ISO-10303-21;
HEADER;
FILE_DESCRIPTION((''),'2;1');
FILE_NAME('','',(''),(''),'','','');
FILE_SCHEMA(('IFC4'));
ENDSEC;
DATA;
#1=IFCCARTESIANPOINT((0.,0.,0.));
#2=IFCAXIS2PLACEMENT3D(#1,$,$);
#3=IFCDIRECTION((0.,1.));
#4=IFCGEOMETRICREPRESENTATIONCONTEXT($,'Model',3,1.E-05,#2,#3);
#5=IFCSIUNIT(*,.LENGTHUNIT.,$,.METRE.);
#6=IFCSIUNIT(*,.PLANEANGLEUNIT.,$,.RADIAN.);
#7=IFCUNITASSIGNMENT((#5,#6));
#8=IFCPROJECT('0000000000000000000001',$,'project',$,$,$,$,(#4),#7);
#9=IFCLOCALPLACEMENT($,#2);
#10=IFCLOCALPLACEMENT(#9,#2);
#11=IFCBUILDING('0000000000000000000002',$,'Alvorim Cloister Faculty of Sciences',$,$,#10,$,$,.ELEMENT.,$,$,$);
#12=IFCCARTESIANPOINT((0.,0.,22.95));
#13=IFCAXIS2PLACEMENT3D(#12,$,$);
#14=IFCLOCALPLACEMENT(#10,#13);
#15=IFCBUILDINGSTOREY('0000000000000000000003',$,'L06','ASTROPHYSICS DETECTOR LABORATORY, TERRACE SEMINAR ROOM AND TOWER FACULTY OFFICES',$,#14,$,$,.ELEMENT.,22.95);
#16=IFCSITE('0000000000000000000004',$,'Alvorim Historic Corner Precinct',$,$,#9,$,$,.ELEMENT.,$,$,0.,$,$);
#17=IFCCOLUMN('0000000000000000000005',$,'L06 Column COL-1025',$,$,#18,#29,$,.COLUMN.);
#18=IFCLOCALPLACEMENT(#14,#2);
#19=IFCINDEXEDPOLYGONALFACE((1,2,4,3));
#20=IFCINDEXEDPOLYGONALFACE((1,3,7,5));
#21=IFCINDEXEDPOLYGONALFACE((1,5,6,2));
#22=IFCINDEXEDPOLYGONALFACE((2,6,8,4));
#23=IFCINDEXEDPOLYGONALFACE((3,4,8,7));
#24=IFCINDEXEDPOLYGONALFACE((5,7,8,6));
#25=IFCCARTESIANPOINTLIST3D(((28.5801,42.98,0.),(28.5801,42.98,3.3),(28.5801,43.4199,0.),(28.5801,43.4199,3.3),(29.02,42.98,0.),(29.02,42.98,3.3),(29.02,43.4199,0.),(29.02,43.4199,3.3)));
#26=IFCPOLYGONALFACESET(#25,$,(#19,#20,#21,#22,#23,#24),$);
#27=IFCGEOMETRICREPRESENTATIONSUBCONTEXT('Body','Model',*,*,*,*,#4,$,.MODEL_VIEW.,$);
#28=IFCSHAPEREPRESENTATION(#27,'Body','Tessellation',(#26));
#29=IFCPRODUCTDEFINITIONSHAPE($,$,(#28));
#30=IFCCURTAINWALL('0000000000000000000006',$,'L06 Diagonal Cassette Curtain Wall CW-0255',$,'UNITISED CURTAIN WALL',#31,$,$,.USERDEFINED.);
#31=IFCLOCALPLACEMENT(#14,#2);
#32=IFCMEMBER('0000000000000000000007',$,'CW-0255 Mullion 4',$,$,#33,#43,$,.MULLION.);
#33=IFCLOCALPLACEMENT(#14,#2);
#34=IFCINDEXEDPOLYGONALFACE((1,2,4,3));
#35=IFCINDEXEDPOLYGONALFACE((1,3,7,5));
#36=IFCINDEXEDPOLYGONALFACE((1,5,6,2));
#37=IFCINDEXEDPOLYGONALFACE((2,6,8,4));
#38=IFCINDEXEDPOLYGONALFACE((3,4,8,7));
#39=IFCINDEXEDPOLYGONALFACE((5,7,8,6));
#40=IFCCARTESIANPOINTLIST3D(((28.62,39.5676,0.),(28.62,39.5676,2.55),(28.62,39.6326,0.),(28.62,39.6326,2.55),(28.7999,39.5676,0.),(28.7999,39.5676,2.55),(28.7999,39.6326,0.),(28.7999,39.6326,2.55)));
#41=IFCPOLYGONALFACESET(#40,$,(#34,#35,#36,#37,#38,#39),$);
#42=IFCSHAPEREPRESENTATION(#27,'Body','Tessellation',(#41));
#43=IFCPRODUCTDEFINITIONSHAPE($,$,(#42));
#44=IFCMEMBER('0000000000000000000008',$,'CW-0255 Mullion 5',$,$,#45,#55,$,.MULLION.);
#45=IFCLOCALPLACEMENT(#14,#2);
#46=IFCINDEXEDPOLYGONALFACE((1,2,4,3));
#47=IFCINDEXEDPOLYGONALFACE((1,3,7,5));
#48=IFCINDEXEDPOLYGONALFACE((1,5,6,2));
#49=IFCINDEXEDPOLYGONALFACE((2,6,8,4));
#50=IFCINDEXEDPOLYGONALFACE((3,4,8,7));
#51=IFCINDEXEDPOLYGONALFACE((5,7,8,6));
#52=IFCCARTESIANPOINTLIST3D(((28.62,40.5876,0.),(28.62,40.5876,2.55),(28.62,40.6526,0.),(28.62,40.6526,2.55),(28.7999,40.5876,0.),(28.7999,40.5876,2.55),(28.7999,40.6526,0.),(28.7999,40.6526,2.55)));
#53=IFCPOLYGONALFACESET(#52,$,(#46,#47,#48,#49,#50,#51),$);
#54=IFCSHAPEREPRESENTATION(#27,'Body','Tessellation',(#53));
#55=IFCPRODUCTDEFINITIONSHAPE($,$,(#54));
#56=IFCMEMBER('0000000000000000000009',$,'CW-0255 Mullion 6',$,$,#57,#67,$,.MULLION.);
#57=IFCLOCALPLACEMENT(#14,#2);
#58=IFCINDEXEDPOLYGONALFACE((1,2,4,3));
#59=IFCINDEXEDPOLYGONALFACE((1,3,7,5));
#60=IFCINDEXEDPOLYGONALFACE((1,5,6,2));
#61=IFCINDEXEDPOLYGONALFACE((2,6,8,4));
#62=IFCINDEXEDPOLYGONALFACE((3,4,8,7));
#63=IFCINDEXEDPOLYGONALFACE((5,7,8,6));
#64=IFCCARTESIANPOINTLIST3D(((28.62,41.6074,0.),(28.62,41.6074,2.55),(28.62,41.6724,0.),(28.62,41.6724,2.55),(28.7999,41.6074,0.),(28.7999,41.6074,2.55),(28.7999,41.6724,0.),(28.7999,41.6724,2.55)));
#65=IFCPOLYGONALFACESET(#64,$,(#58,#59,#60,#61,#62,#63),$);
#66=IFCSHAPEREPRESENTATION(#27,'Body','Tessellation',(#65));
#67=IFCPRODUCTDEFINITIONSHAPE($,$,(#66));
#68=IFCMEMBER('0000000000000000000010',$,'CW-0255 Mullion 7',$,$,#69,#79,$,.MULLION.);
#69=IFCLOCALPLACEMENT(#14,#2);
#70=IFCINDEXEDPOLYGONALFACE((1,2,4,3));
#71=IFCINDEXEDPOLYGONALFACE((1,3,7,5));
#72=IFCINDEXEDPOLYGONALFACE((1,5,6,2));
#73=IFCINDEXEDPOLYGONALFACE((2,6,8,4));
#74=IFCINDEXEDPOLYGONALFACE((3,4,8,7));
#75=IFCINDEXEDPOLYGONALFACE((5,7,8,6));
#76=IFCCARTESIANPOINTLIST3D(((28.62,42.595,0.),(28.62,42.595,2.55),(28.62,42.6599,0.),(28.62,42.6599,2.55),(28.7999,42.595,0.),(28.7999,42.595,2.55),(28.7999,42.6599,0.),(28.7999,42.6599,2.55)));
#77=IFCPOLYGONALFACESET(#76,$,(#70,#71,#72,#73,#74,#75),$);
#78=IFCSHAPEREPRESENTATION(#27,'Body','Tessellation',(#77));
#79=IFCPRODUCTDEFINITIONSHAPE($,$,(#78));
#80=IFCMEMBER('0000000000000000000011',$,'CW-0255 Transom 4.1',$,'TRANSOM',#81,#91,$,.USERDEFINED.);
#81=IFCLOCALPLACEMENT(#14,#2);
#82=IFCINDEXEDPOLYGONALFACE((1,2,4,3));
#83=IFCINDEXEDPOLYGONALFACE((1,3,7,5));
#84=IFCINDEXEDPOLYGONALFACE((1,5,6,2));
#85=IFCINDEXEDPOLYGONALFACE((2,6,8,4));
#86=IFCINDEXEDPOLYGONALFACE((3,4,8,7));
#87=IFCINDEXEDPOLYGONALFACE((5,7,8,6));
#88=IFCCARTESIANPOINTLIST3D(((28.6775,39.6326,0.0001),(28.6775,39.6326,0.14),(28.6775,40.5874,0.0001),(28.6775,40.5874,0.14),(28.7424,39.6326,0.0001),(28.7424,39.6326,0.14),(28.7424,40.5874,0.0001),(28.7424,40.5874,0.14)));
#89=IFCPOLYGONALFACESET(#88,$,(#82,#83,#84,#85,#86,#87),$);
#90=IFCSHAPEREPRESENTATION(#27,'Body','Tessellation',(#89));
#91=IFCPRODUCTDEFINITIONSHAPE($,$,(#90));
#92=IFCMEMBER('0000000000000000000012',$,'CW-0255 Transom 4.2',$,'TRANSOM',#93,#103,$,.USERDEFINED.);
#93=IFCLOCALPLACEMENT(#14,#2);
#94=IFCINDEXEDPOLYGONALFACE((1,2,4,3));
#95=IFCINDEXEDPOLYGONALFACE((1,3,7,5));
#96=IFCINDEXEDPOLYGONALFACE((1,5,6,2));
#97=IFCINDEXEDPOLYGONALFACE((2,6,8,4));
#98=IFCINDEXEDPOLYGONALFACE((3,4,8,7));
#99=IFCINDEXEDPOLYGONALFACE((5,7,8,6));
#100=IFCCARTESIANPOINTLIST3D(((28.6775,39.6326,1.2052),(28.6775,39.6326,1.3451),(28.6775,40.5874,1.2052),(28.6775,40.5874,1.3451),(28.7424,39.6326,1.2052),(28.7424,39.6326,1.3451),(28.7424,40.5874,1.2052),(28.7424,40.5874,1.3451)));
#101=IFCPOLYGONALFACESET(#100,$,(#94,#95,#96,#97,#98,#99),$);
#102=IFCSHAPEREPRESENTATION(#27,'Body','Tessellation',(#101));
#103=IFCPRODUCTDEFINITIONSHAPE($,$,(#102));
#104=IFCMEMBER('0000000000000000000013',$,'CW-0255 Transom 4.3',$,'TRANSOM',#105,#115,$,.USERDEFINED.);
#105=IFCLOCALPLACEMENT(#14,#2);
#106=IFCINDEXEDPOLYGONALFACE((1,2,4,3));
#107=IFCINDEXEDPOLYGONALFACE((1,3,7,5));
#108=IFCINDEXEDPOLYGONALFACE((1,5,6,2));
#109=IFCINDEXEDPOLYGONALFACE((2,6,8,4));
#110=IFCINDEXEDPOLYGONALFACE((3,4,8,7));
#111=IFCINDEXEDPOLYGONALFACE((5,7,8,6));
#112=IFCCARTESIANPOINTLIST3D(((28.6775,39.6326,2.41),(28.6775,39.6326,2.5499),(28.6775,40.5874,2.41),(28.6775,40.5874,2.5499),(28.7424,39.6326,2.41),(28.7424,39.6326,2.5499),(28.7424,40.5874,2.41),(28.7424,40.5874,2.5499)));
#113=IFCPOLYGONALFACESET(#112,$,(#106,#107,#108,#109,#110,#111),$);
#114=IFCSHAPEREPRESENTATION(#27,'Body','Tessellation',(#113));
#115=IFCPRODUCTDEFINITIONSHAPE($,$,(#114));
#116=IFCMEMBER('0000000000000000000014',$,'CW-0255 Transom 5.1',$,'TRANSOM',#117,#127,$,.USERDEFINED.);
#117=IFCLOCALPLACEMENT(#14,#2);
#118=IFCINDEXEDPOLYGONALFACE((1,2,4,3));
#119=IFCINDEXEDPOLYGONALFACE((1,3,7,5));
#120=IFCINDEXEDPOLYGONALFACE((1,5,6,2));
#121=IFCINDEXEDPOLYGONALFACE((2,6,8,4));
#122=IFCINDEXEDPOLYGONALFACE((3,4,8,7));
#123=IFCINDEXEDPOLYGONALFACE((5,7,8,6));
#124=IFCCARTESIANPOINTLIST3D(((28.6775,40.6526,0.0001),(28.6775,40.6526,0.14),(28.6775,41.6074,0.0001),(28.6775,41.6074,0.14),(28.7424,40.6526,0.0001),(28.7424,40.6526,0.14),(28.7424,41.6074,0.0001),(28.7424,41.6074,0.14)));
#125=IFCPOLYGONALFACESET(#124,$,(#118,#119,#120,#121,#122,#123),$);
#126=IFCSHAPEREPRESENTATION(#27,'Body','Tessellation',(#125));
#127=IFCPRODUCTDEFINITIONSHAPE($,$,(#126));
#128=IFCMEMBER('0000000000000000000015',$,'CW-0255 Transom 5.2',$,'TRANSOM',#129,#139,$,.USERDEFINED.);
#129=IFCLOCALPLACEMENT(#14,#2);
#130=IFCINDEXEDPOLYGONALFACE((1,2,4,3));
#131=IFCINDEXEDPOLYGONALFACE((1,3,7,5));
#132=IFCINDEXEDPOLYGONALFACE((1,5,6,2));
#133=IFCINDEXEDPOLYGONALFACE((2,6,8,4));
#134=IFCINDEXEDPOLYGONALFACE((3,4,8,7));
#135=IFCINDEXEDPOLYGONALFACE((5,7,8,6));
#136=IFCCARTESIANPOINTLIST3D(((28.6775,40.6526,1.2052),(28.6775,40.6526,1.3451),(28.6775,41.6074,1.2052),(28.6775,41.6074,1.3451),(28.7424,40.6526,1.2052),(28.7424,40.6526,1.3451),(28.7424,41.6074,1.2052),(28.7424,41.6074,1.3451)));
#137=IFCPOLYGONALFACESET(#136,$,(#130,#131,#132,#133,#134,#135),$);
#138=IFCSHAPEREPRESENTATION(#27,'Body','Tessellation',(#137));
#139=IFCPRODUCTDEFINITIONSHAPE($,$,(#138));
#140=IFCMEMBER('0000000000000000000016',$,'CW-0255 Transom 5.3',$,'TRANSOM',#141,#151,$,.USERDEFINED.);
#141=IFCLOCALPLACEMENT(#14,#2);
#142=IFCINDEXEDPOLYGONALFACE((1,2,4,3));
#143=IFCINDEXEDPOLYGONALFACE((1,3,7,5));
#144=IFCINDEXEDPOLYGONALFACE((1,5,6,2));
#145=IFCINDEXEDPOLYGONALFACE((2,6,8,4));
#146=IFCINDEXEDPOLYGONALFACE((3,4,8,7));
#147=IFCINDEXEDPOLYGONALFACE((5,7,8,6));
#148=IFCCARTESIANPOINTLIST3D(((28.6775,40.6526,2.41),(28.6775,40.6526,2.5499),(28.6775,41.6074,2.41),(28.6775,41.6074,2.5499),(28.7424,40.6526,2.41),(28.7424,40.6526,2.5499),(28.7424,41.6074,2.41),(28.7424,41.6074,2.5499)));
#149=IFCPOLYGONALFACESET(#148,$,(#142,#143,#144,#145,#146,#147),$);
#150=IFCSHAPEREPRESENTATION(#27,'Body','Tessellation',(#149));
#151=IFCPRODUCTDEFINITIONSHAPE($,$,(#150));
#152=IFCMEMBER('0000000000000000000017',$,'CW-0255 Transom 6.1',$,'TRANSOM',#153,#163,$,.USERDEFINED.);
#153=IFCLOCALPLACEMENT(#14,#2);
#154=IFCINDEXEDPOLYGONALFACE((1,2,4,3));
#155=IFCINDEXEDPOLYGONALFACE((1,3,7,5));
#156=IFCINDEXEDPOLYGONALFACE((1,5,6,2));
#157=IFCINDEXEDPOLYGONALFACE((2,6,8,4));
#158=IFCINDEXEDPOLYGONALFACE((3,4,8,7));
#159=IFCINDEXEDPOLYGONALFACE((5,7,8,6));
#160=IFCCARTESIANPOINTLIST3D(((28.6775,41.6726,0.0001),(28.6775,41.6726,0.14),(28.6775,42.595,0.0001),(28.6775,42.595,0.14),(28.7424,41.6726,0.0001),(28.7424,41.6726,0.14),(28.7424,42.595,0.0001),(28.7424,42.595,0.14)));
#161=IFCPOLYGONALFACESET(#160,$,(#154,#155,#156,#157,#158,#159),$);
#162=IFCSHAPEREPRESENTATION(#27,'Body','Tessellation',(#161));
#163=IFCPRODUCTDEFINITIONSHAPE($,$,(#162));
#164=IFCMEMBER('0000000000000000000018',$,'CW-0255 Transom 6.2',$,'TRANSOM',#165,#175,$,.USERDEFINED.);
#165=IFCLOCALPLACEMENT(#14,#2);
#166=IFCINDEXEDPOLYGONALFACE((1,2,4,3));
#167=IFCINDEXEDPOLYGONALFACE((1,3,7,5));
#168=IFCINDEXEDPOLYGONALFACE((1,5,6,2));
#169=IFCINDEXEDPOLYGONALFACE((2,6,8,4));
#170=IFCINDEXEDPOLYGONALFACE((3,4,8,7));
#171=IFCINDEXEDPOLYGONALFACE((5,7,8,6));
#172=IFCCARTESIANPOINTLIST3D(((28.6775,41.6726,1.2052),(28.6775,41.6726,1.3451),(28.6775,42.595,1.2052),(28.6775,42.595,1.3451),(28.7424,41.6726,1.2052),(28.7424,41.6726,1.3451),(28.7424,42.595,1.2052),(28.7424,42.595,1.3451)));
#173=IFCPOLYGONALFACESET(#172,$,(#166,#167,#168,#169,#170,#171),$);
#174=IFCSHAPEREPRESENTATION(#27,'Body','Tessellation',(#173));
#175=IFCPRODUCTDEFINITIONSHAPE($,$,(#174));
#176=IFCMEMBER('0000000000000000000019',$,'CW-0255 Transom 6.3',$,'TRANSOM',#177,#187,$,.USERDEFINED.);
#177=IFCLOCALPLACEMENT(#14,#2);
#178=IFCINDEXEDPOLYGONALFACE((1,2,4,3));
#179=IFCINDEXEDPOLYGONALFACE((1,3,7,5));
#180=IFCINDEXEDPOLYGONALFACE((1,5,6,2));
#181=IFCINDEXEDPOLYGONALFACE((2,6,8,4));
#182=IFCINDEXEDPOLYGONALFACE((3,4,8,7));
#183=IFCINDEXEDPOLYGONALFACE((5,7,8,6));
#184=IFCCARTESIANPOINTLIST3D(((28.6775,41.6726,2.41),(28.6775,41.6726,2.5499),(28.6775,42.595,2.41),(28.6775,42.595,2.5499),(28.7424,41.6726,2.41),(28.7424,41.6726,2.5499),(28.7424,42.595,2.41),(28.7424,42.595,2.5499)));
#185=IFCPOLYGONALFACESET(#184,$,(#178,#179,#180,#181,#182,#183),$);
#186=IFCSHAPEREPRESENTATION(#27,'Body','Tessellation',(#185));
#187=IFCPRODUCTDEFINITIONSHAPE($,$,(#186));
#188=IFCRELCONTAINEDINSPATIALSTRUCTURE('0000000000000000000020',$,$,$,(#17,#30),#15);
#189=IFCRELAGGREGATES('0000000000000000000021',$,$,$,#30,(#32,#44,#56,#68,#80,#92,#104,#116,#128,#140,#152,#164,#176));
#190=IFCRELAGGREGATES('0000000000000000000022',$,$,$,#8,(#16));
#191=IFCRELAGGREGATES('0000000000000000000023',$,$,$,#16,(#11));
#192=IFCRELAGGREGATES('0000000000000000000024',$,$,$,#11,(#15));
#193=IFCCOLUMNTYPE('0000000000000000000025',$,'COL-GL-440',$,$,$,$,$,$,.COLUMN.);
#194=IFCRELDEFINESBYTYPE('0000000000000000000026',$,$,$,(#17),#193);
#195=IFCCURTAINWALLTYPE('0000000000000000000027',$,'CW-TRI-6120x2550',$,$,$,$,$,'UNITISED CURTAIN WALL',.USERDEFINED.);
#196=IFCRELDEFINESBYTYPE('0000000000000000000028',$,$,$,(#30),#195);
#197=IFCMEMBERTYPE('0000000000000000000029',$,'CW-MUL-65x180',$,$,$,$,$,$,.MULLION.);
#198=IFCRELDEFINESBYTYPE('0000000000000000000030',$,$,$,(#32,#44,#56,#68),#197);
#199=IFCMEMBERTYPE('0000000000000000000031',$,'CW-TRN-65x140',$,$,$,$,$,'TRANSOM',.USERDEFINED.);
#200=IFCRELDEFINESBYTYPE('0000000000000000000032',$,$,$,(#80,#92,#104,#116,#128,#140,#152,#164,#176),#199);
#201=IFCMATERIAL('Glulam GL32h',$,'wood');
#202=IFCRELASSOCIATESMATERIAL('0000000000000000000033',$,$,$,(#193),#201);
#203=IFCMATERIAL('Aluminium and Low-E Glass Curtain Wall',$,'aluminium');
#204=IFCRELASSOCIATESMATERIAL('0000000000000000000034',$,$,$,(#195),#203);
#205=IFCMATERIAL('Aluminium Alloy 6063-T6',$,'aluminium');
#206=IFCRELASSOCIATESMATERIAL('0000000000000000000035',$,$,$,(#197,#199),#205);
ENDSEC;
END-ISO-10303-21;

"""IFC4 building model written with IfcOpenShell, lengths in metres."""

from ifc_helpers import new_model, si_unit, direction, frame, origin, origin_2d, place, context, subcontext, project, spatial, rectangle, extrude, material, material_profile, profile_set, type_object, element, aggregate, save


model = new_model("IFC4")

# Units and contexts
model_context = context("Model", 3, precision=1e-05, world=origin(), true_north=direction((0.0, 1.0)))
body_context = subcontext(model_context, "Body", "Model", "MODEL_VIEW")
ifc_project = project(units=[si_unit("LENGTHUNIT", "METRE"), si_unit("PLANEANGLEUNIT", "RADIAN")], contexts=[model_context])

# Site, building, storey
site_placement = place(None, origin())
site = spatial("IfcSite", under=ifc_project, at=site_placement, Name="Alvorim Historic Corner Precinct", CompositionType="ELEMENT", RefElevation=0.0)
building_placement = place(site_placement, origin())
building = spatial("IfcBuilding", under=site, at=building_placement, Name="Alvorim Cloister Faculty of Sciences", CompositionType="ELEMENT")
storey_placement = place(building_placement, frame((0.0, 0.0, 22.95)))
storey = spatial("IfcBuildingStorey", under=building, at=storey_placement, Name="L06", Description="ASTROPHYSICS DETECTOR LABORATORY, TERRACE SEMINAR ROOM AND TOWER FACULTY OFFICES", CompositionType="ELEMENT", Elevation=22.95)

# Column
ifc_material_1 = material(Name="Glulam GL32h", Category="wood")
ifc_material_profile_1 = material_profile(ifc_material_1, rectangle(XDim=0.4399, YDim=0.4399, at=origin_2d()), Name="GL32-COL-440x440")
ifc_profile_set_1 = profile_set([ifc_material_profile_1], Name="Glulam GL32h")
column_type = type_object("IfcColumnType", Name="COL-GL-440", PredefinedType="COLUMN", material=ifc_profile_set_1)
column_placement = place(storey_placement, frame((28.8, 43.2, 0.0), z_axis=(0.0, 0.0, 1.0), x_axis=(1.0, 0.0, 0.0)))
element("IfcColumn", 1, at=column_placement, inside=storey, type_object=column_type, Name="L06 Column COL-1025", PredefinedType="COLUMN", context=body_context, shape_type="SweptSolid", body=[
    extrude(rectangle(XDim=0.4399, YDim=0.4399, at=origin_2d()), origin(), (0.0, 0.0, 1.0), 3.3),
])

# Curtain wall, members
ifc_material_2 = material(Name="Aluminium and Low-E Glass Curtain Wall", Category="aluminium")
curtain_wall_type = type_object("IfcCurtainWallType", Name="CW-TRI-6120x2550", ElementType="UNITISED CURTAIN WALL", PredefinedType="USERDEFINED", material=ifc_material_2)
curtain_wall_placement = place(storey_placement, origin())
curtain_wall = element("IfcCurtainWall", 2, at=curtain_wall_placement, inside=storey, type_object=curtain_wall_type, Name="L06 Diagonal Cassette Curtain Wall CW-0255", ObjectType="UNITISED CURTAIN WALL", PredefinedType="USERDEFINED")
ifc_material_3 = material(Name="Aluminium Alloy 6063-T6", Category="aluminium")
ifc_material_profile_2 = material_profile(ifc_material_3, rectangle(XDim=0.0649, YDim=0.1799, at=origin_2d()), Name="ALU-MUL-65x180")
ifc_profile_set_2 = profile_set([ifc_material_profile_2], Name="Aluminium Alloy 6063-T6")
member_type_1 = type_object("IfcMemberType", Name="CW-MUL-65x180", PredefinedType="MULLION", material=ifc_profile_set_2)
member_1_placement = place(storey_placement, frame((28.71, 39.6001, 0.0), z_axis=(0.0, 0.0, 1.0), x_axis=(0.0, 1.0, 0.0)))
member_1 = element("IfcMember", 3, at=member_1_placement, type_object=member_type_1, Name="CW-0255 Mullion 4", PredefinedType="MULLION", context=body_context, shape_type="SweptSolid", body=[
    extrude(rectangle(XDim=0.0649, YDim=0.1799, at=origin_2d()), origin(), (0.0, 0.0, 1.0), 2.55),
])
member_2_placement = place(storey_placement, frame((28.71, 40.6201, 0.0), z_axis=(0.0, 0.0, 1.0), x_axis=(0.0, 1.0, 0.0)))
member_2 = element("IfcMember", 4, at=member_2_placement, type_object=member_type_1, Name="CW-0255 Mullion 5", PredefinedType="MULLION", context=body_context, shape_type="SweptSolid", body=[
    extrude(rectangle(XDim=0.0649, YDim=0.1799, at=origin_2d()), origin(), (0.0, 0.0, 1.0), 2.55),
])
member_3_placement = place(storey_placement, frame((28.71, 41.6399, 0.0), z_axis=(0.0, 0.0, 1.0), x_axis=(0.0, 1.0, 0.0)))
member_3 = element("IfcMember", 5, at=member_3_placement, type_object=member_type_1, Name="CW-0255 Mullion 6", PredefinedType="MULLION", context=body_context, shape_type="SweptSolid", body=[
    extrude(rectangle(XDim=0.0649, YDim=0.1799, at=origin_2d()), origin(), (0.0, 0.0, 1.0), 2.55),
])
member_4_placement = place(storey_placement, frame((28.71, 42.6274, 0.0), z_axis=(0.0, 0.0, 1.0), x_axis=(0.0, 1.0, 0.0)))
member_4 = element("IfcMember", 6, at=member_4_placement, type_object=member_type_1, Name="CW-0255 Mullion 7", PredefinedType="MULLION", context=body_context, shape_type="SweptSolid", body=[
    extrude(rectangle(XDim=0.0649, YDim=0.1799, at=origin_2d()), origin(), (0.0, 0.0, 1.0), 2.55),
])
ifc_material_profile_3 = material_profile(ifc_material_3, rectangle(XDim=0.0649, YDim=0.1399, at=origin_2d()), Name="ALU-TRN-65x140")
ifc_profile_set_3 = profile_set([ifc_material_profile_3], Name="Aluminium Alloy 6063-T6")
member_type_2 = type_object("IfcMemberType", Name="CW-TRN-65x140", ElementType="TRANSOM", PredefinedType="USERDEFINED", material=ifc_profile_set_3)
member_5_placement = place(storey_placement, frame((28.71, 39.6326, 0.0701), z_axis=(0.0, 1.0, 0.0), x_axis=(-1.0, 0.0, 0.0)))
member_5 = element("IfcMember", 7, at=member_5_placement, type_object=member_type_2, Name="CW-0255 Transom 4.1", ObjectType="TRANSOM", PredefinedType="USERDEFINED", context=body_context, shape_type="SweptSolid", body=[
    extrude(rectangle(XDim=0.0649, YDim=0.1399, at=origin_2d()), origin(), (0.0, 0.0, 1.0), 0.9548),
])
member_6_placement = place(storey_placement, frame((28.71, 39.6326, 1.2751), z_axis=(0.0, 1.0, 0.0), x_axis=(-1.0, 0.0, 0.0)))
member_6 = element("IfcMember", 8, at=member_6_placement, type_object=member_type_2, Name="CW-0255 Transom 4.2", ObjectType="TRANSOM", PredefinedType="USERDEFINED", context=body_context, shape_type="SweptSolid", body=[
    extrude(rectangle(XDim=0.0649, YDim=0.1399, at=origin_2d()), origin(), (0.0, 0.0, 1.0), 0.9548),
])
member_7_placement = place(storey_placement, frame((28.71, 39.6326, 2.48), z_axis=(0.0, 1.0, 0.0), x_axis=(-1.0, 0.0, 0.0)))
member_7 = element("IfcMember", 9, at=member_7_placement, type_object=member_type_2, Name="CW-0255 Transom 4.3", ObjectType="TRANSOM", PredefinedType="USERDEFINED", context=body_context, shape_type="SweptSolid", body=[
    extrude(rectangle(XDim=0.0649, YDim=0.1399, at=origin_2d()), origin(), (0.0, 0.0, 1.0), 0.9548),
])
member_8_placement = place(storey_placement, frame((28.71, 40.6526, 0.0701), z_axis=(0.0, 1.0, 0.0), x_axis=(-1.0, 0.0, 0.0)))
member_8 = element("IfcMember", 10, at=member_8_placement, type_object=member_type_2, Name="CW-0255 Transom 5.1", ObjectType="TRANSOM", PredefinedType="USERDEFINED", context=body_context, shape_type="SweptSolid", body=[
    extrude(rectangle(XDim=0.0649, YDim=0.1399, at=origin_2d()), origin(), (0.0, 0.0, 1.0), 0.9548),
])
member_9_placement = place(storey_placement, frame((28.71, 40.6526, 1.2751), z_axis=(0.0, 1.0, 0.0), x_axis=(-1.0, 0.0, 0.0)))
member_9 = element("IfcMember", 11, at=member_9_placement, type_object=member_type_2, Name="CW-0255 Transom 5.2", ObjectType="TRANSOM", PredefinedType="USERDEFINED", context=body_context, shape_type="SweptSolid", body=[
    extrude(rectangle(XDim=0.0649, YDim=0.1399, at=origin_2d()), origin(), (0.0, 0.0, 1.0), 0.9548),
])
member_10_placement = place(storey_placement, frame((28.71, 40.6526, 2.48), z_axis=(0.0, 1.0, 0.0), x_axis=(-1.0, 0.0, 0.0)))
member_10 = element("IfcMember", 12, at=member_10_placement, type_object=member_type_2, Name="CW-0255 Transom 5.3", ObjectType="TRANSOM", PredefinedType="USERDEFINED", context=body_context, shape_type="SweptSolid", body=[
    extrude(rectangle(XDim=0.0649, YDim=0.1399, at=origin_2d()), origin(), (0.0, 0.0, 1.0), 0.9548),
])
member_11_placement = place(storey_placement, frame((28.71, 41.6726, 0.0701), z_axis=(0.0, 1.0, 0.0), x_axis=(-1.0, 0.0, 0.0)))
member_11 = element("IfcMember", 13, at=member_11_placement, type_object=member_type_2, Name="CW-0255 Transom 6.1", ObjectType="TRANSOM", PredefinedType="USERDEFINED", context=body_context, shape_type="SweptSolid", body=[
    extrude(rectangle(XDim=0.0649, YDim=0.1399, at=origin_2d()), origin(), (0.0, 0.0, 1.0), 0.9224),
])
member_12_placement = place(storey_placement, frame((28.71, 41.6726, 1.2751), z_axis=(0.0, 1.0, 0.0), x_axis=(-1.0, 0.0, 0.0)))
member_12 = element("IfcMember", 14, at=member_12_placement, type_object=member_type_2, Name="CW-0255 Transom 6.2", ObjectType="TRANSOM", PredefinedType="USERDEFINED", context=body_context, shape_type="SweptSolid", body=[
    extrude(rectangle(XDim=0.0649, YDim=0.1399, at=origin_2d()), origin(), (0.0, 0.0, 1.0), 0.9224),
])
member_13_placement = place(storey_placement, frame((28.71, 41.6726, 2.48), z_axis=(0.0, 1.0, 0.0), x_axis=(-1.0, 0.0, 0.0)))
member_13 = element("IfcMember", 15, at=member_13_placement, type_object=member_type_2, Name="CW-0255 Transom 6.3", ObjectType="TRANSOM", PredefinedType="USERDEFINED", context=body_context, shape_type="SweptSolid", body=[
    extrude(rectangle(XDim=0.0649, YDim=0.1399, at=origin_2d()), origin(), (0.0, 0.0, 1.0), 0.9224),
])
aggregate(curtain_wall, [member_1, member_2, member_3, member_4, member_5, member_6, member_7, member_8, member_9, member_10, member_11, member_12, member_13])

save(model, "model.ifc")
